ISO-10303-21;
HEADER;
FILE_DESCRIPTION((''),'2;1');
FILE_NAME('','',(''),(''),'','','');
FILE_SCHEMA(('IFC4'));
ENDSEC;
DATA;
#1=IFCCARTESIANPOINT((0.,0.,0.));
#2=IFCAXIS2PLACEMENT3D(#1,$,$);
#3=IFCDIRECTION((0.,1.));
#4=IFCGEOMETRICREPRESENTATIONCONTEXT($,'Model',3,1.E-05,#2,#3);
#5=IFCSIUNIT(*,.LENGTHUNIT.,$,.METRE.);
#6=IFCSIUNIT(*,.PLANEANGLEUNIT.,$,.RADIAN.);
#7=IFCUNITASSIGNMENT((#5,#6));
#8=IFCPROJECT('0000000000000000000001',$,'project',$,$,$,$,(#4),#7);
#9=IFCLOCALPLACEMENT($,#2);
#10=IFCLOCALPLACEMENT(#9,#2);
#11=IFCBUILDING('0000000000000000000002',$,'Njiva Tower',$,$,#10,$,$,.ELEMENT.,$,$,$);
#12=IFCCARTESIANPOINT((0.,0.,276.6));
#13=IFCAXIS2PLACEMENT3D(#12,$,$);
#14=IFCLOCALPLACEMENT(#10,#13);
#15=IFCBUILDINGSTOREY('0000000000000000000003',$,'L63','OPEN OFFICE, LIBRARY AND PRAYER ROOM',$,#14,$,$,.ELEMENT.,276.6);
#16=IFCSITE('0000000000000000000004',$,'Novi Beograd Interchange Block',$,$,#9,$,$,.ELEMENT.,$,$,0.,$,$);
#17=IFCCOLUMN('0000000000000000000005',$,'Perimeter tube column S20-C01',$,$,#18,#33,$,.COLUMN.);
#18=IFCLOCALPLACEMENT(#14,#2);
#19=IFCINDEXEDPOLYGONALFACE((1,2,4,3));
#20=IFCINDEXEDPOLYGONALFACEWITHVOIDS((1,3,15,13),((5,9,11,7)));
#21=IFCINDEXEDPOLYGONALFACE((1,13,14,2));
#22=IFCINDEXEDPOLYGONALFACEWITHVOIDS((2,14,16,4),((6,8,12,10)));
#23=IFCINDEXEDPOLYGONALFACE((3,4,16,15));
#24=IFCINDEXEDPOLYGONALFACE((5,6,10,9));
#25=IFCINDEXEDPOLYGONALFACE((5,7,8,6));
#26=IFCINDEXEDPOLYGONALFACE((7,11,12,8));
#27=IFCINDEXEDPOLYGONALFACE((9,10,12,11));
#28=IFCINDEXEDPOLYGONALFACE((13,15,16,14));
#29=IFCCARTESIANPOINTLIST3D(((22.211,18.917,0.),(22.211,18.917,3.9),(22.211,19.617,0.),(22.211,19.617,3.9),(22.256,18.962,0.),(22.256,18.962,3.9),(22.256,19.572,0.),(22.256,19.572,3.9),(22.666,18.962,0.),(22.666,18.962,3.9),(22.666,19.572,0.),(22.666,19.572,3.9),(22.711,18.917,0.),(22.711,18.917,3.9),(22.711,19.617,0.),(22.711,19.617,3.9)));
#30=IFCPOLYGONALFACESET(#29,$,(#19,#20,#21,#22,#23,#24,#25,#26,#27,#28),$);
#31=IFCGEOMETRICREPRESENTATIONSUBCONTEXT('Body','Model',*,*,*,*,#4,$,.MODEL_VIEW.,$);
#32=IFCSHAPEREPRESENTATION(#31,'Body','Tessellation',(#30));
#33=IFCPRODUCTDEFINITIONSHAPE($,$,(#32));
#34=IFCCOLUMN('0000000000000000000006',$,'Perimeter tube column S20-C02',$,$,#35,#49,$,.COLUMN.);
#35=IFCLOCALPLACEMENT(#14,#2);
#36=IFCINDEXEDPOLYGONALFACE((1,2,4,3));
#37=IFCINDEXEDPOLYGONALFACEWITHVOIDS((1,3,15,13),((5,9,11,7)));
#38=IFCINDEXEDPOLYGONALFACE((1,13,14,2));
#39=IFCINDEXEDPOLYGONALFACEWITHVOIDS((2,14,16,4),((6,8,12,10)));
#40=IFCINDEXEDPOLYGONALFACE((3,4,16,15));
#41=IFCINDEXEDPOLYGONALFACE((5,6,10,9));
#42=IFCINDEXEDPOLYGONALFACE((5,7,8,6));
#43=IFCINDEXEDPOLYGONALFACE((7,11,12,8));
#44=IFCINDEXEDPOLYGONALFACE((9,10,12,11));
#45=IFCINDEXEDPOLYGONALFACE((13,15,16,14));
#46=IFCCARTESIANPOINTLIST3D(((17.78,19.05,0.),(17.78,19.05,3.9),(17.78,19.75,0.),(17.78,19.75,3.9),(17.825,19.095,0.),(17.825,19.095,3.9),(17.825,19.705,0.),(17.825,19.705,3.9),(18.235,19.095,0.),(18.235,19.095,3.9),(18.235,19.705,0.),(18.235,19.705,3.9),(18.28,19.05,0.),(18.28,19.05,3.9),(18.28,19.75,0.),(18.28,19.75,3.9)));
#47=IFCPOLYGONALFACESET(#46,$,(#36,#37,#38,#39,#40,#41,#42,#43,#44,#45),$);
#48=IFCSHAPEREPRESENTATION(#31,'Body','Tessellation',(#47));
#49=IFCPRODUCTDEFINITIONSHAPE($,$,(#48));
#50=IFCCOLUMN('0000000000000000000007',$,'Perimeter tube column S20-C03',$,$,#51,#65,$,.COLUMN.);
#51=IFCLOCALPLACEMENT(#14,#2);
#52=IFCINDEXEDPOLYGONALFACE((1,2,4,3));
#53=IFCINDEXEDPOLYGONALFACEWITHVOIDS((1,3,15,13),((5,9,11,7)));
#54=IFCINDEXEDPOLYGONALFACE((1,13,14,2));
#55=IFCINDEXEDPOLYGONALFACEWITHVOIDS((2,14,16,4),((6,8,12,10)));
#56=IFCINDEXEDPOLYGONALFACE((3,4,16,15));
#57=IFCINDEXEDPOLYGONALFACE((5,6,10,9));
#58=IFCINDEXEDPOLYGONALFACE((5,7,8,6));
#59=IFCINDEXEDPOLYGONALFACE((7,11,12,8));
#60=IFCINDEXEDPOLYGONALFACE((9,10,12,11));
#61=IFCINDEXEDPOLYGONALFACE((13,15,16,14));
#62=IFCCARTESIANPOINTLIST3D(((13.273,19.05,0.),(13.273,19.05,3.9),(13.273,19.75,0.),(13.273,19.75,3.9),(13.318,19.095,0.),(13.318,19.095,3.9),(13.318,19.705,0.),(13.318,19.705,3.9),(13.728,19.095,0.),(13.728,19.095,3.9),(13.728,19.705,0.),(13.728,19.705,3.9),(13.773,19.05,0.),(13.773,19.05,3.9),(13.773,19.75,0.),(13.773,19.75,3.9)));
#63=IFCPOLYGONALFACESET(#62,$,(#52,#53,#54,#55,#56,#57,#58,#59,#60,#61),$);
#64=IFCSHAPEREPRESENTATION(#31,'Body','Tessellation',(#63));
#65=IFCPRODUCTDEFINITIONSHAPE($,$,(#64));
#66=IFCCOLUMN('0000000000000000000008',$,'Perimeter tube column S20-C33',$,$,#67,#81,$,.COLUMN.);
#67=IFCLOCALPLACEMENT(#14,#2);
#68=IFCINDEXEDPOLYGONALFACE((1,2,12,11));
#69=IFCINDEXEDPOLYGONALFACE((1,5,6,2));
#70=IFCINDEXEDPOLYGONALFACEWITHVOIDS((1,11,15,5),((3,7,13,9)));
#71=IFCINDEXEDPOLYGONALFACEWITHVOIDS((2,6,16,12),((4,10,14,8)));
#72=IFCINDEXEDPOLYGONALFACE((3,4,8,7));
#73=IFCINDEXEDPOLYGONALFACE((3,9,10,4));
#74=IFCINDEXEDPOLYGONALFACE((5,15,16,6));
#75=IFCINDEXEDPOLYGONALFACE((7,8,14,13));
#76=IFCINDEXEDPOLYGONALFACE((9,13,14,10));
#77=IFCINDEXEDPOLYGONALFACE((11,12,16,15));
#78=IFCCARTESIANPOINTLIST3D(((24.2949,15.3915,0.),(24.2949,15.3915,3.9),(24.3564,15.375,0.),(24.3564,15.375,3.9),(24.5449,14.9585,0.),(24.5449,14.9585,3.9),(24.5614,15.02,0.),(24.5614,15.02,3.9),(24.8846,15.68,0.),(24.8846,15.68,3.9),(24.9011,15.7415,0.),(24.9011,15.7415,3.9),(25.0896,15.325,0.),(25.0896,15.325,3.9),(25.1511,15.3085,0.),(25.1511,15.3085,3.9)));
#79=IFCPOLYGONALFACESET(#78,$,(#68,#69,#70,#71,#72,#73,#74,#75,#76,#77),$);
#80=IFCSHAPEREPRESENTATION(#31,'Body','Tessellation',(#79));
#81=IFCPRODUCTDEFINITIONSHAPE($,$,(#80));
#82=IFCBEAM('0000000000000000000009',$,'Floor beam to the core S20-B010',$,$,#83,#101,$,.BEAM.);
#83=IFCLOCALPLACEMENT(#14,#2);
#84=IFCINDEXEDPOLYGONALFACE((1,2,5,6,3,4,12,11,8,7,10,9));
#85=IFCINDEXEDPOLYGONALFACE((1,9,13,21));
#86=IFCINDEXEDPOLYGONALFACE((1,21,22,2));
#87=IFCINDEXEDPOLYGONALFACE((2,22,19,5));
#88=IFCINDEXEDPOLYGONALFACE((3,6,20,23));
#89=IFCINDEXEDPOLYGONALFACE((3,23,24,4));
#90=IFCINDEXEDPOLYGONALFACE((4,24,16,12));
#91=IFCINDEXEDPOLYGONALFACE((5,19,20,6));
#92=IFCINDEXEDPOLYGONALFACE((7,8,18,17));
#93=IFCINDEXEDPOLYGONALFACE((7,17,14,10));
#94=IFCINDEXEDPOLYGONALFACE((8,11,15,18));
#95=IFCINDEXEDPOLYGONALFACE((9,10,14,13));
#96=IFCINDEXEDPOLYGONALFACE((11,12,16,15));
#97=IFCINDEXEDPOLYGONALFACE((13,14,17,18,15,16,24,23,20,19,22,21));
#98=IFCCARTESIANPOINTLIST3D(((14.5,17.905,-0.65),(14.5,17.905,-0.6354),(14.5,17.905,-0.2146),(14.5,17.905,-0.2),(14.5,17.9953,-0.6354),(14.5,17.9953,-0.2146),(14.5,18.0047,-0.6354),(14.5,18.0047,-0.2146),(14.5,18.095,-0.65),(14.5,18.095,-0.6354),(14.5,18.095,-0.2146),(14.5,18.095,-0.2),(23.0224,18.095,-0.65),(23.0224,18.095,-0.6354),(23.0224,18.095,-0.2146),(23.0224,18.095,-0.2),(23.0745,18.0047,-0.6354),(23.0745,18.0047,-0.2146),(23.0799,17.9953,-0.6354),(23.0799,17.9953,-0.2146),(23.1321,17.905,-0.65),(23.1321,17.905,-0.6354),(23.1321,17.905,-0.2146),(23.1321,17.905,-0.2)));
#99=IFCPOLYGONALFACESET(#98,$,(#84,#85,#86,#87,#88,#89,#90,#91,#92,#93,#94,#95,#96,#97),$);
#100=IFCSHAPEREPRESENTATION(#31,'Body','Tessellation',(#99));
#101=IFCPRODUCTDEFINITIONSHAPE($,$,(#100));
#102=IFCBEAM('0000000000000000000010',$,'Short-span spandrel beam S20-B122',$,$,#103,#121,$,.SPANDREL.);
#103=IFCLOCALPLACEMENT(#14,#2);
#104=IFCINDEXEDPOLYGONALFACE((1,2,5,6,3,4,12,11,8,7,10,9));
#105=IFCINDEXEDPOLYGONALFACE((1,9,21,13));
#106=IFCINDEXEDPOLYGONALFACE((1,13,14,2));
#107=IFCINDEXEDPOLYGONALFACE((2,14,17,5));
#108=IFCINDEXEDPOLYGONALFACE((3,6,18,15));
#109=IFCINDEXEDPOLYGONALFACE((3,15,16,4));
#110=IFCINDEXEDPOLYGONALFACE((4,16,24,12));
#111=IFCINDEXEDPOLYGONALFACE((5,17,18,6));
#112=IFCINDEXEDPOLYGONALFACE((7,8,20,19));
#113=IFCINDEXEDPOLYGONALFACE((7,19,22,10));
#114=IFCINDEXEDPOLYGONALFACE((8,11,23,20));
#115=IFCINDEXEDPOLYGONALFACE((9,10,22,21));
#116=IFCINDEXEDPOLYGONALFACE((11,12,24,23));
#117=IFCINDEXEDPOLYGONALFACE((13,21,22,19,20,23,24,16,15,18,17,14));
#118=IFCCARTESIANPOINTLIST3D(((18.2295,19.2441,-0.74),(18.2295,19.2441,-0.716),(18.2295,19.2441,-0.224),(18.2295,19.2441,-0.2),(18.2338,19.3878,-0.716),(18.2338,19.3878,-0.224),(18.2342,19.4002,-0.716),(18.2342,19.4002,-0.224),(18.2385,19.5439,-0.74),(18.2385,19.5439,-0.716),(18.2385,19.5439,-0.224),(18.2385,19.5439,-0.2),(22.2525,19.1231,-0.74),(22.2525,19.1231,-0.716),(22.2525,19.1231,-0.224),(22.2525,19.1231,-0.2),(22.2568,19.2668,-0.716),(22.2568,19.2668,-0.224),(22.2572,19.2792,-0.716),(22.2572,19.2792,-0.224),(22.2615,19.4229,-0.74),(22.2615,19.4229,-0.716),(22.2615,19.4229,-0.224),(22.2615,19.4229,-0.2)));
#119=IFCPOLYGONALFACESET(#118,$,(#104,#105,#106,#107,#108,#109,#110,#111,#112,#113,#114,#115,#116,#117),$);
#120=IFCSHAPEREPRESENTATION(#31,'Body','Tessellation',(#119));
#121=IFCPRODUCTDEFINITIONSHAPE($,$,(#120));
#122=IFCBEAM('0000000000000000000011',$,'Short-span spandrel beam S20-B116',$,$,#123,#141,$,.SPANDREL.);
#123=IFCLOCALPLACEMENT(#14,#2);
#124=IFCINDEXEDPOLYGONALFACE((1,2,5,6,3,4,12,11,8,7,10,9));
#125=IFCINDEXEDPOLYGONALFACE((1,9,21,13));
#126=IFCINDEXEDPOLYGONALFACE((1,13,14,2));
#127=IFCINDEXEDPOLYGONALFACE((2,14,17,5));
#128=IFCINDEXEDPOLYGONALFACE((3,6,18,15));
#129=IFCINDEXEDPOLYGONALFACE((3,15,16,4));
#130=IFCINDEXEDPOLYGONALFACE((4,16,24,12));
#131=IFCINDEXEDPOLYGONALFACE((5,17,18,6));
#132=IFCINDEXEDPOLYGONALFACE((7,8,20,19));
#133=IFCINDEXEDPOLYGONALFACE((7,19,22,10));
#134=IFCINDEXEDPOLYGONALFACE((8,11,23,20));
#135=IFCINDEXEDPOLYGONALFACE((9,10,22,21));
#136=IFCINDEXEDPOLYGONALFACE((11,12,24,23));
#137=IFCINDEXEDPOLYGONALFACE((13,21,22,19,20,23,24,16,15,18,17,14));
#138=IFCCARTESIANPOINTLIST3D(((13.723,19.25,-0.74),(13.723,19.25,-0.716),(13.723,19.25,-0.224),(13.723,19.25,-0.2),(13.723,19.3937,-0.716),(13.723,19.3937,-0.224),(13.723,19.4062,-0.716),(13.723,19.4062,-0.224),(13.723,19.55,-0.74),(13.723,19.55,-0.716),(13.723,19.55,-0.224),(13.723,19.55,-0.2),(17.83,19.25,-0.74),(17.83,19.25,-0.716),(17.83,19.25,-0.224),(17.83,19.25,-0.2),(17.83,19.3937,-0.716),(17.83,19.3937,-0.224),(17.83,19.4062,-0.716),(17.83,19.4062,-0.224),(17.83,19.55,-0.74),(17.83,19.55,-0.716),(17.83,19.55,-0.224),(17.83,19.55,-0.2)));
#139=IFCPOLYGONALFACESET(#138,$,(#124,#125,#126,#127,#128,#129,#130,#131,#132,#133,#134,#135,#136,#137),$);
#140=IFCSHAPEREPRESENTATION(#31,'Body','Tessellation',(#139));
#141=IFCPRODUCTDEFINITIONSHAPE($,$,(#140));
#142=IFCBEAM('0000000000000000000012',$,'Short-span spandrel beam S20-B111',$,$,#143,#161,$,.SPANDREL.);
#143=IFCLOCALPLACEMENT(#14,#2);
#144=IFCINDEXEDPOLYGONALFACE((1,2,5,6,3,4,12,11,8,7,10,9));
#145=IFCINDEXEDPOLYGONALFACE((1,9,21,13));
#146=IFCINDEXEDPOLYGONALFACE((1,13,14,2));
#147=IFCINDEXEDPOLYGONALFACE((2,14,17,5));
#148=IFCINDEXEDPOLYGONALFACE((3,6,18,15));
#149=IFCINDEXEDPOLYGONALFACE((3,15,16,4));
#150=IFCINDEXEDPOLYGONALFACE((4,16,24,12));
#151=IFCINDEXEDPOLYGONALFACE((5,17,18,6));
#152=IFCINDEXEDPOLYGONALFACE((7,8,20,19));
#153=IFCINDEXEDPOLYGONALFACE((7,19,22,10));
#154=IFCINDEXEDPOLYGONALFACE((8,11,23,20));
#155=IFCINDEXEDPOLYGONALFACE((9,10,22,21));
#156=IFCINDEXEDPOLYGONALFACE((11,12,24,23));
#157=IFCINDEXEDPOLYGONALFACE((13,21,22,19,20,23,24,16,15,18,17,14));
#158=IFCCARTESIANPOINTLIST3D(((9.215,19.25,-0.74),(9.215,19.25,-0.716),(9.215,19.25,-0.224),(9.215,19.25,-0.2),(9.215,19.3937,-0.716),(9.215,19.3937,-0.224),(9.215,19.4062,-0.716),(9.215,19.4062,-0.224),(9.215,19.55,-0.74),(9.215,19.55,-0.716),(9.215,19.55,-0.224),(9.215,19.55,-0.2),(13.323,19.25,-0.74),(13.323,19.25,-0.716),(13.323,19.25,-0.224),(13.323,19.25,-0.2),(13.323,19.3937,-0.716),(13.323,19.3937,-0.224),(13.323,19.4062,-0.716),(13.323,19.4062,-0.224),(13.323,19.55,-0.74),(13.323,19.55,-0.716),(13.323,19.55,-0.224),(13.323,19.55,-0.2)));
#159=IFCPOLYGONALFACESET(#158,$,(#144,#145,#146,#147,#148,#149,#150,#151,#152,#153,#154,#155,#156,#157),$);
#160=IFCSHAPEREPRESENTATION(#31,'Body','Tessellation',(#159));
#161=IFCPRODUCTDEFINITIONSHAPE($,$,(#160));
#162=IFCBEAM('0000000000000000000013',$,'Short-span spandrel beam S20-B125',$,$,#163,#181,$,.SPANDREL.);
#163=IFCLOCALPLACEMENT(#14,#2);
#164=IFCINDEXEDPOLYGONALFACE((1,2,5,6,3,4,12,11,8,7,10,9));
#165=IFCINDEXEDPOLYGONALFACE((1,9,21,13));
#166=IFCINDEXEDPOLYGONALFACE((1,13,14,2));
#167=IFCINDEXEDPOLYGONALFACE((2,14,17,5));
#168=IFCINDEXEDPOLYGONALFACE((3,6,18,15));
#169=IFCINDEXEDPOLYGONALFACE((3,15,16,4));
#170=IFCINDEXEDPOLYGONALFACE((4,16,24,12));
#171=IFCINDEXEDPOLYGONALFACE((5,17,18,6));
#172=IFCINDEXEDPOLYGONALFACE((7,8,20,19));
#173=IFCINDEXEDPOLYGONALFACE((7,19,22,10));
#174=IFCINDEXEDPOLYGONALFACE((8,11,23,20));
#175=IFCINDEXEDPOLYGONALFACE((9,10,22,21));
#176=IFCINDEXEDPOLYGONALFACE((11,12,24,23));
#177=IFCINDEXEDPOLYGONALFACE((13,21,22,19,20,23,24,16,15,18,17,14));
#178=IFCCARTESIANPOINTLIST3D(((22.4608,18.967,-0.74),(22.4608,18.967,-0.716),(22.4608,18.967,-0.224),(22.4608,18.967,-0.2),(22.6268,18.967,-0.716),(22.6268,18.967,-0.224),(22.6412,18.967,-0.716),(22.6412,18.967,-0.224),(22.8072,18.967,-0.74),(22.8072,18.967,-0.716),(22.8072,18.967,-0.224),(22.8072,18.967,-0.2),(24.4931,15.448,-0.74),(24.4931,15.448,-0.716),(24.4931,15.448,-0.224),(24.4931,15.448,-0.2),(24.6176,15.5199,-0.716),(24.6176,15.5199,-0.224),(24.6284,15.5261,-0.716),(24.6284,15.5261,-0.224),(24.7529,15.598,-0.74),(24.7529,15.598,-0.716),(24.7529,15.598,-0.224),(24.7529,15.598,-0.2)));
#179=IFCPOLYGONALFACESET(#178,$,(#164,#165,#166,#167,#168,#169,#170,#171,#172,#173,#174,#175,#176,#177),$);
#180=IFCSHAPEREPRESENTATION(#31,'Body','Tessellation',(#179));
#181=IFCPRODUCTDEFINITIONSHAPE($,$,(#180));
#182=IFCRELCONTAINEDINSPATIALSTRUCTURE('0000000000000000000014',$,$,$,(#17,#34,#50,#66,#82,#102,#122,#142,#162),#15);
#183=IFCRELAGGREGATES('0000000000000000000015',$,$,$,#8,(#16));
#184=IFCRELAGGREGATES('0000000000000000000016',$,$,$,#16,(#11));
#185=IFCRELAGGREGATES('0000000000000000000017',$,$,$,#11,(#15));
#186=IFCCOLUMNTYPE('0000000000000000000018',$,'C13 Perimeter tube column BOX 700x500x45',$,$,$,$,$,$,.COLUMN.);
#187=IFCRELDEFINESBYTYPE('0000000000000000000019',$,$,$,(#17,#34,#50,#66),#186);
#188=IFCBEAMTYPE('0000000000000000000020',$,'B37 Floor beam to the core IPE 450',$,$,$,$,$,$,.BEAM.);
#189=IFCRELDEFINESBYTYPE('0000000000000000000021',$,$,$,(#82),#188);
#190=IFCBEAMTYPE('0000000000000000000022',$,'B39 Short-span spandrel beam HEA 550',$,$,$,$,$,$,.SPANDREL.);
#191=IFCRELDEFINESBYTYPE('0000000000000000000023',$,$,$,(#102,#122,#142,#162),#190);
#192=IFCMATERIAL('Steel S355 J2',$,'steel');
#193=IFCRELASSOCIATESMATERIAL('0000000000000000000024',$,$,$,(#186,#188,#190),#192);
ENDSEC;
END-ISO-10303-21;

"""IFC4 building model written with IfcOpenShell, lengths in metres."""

from ifc_helpers import new_model, si_unit, direction, frame, origin, origin_2d, place, context, subcontext, project, spatial, hollow_rectangle, i_section, extrude, clip, halfspace, material, material_profile, profile_set, type_object, element, save


model = new_model("IFC4")

# Units and contexts
model_context = context("Model", 3, precision=1e-05, world=origin(), true_north=direction((0.0, 1.0)))
body_context = subcontext(model_context, "Body", "Model", "MODEL_VIEW")
ifc_project = project(units=[si_unit("LENGTHUNIT", "METRE"), si_unit("PLANEANGLEUNIT", "RADIAN")], contexts=[model_context])

# Site, building, storey
site_placement = place(None, origin())
site = spatial("IfcSite", under=ifc_project, at=site_placement, Name="Novi Beograd Interchange Block", CompositionType="ELEMENT", RefElevation=0.0)
building_placement = place(site_placement, origin())
building = spatial("IfcBuilding", under=site, at=building_placement, Name="Njiva Tower", CompositionType="ELEMENT")
storey_placement = place(building_placement, frame((0.0, 0.0, 276.6)))
storey = spatial("IfcBuildingStorey", under=building, at=storey_placement, Name="L63", Description="OPEN OFFICE, LIBRARY AND PRAYER ROOM", CompositionType="ELEMENT", Elevation=276.6)

# Columns
ifc_material_1 = material(Name="Steel S355 J2", Category="steel")
ifc_material_profile_1 = material_profile(ifc_material_1, hollow_rectangle(XDim=0.5, YDim=0.7, WallThickness=0.045, at=origin_2d()), Name="BOX 700x500x45")
ifc_profile_set_1 = profile_set([ifc_material_profile_1], Name="Steel S355 J2")
column_type = type_object("IfcColumnType", Name="C13 Perimeter tube column BOX 700x500x45", PredefinedType="COLUMN", material=ifc_profile_set_1)
for number, where, z_axis, x_axis, name in (
    (1, (22.461, 19.267, 0.0), (0.0, 0.0, 1.0), (-1.0, 0.0, 0.0), "Perimeter tube column S20-C01"),
    (2, (18.03, 19.4, 0.0), (0.0, 0.0, 1.0), (-1.0, 0.0, 0.0), "Perimeter tube column S20-C02"),
    (3, (13.523, 19.4, 0.0), (0.0, 0.0, 1.0), (-1.0, 0.0, 0.0), "Perimeter tube column S20-C03"),
    (4, (24.723, 15.35, 0.0), (0.0, 0.0, 1.0), (-0.5, 0.866025, 0.0), "Perimeter tube column S20-C33"),
):
    element("IfcColumn", number, at=place(storey_placement, frame(where, z_axis=z_axis, x_axis=x_axis)), inside=storey, type_object=column_type, Name=name, PredefinedType="COLUMN", context=body_context, shape_type="SweptSolid", body=[
        extrude(hollow_rectangle(XDim=0.5, YDim=0.7, WallThickness=0.045, at=origin_2d()), origin(), (0.0, 0.0, 1.0), 3.9),
    ])

# Beams
ifc_material_profile_2 = material_profile(ifc_material_1, i_section(OverallWidth=0.19, OverallDepth=0.45, WebThickness=0.0094, FlangeThickness=0.0146, at=origin_2d()), Name="IPE 450")
ifc_profile_set_2 = profile_set([ifc_material_profile_2], Name="Steel S355 J2")
beam_type_1 = type_object("IfcBeamType", Name="B37 Floor beam to the core IPE 450", PredefinedType="BEAM", material=ifc_profile_set_2)
beam_1_placement = place(storey_placement, frame((14.5, 18.0, -0.425), z_axis=(1.0, 0.0, 0.0), x_axis=(0.0, 1.0, 0.0)))
element("IfcBeam", 5, at=beam_1_placement, inside=storey, type_object=beam_type_1, Name="Floor beam to the core S20-B010", PredefinedType="BEAM", context=body_context, shape_type="Clipping", body=[
    clip(extrude(i_section(OverallWidth=0.19, OverallDepth=0.45, WebThickness=0.0094, FlangeThickness=0.0146, at=origin_2d()), origin(), (0.0, 0.0, 1.0), 8.652), halfspace(frame((0.025, 0.0, 8.5628), z_axis=(0.499998, 0.0, 0.866027), x_axis=(0.0, 1.0, 0.0)), False)),
])
ifc_material_profile_3 = material_profile(ifc_material_1, i_section(OverallWidth=0.3, OverallDepth=0.54, WebThickness=0.0125, FlangeThickness=0.024, at=origin_2d()), Name="HEA 550")
ifc_profile_set_3 = profile_set([ifc_material_profile_3], Name="Steel S355 J2")
beam_type_2 = type_object("IfcBeamType", Name="B39 Short-span spandrel beam HEA 550", PredefinedType="SPANDREL", material=ifc_profile_set_3)
beam_2_placement = place(storey_placement, frame((22.257, 19.273, -0.47), z_axis=(-0.999548, 0.030063, 0.0), x_axis=(-0.030063, -0.999548, 0.0)))
element("IfcBeam", 6, at=beam_2_placement, inside=storey, type_object=beam_type_2, Name="Short-span spandrel beam S20-B122", PredefinedType="SPANDREL", context=body_context, shape_type="SweptSolid", body=[
    extrude(i_section(OverallWidth=0.3, OverallDepth=0.54, WebThickness=0.0125, FlangeThickness=0.024, at=origin_2d()), origin(), (0.0, 0.0, 1.0), 4.0248),
])
beam_3_placement = place(storey_placement, frame((17.83, 19.4, -0.47), z_axis=(-1.0, 0.0, 0.0), x_axis=(0.0, -1.0, 0.0)))
element("IfcBeam", 7, at=beam_3_placement, inside=storey, type_object=beam_type_2, Name="Short-span spandrel beam S20-B116", PredefinedType="SPANDREL", context=body_context, shape_type="SweptSolid", body=[
    extrude(i_section(OverallWidth=0.3, OverallDepth=0.54, WebThickness=0.0125, FlangeThickness=0.024, at=origin_2d()), origin(), (0.0, 0.0, 1.0), 4.107),
])
beam_4_placement = place(storey_placement, frame((13.323, 19.4, -0.47), z_axis=(-1.0, 0.0, 0.0), x_axis=(0.0, -1.0, 0.0)))
element("IfcBeam", 8, at=beam_4_placement, inside=storey, type_object=beam_type_2, Name="Short-span spandrel beam S20-B111", PredefinedType="SPANDREL", context=body_context, shape_type="SweptSolid", body=[
    extrude(i_section(OverallWidth=0.3, OverallDepth=0.54, WebThickness=0.0125, FlangeThickness=0.024, at=origin_2d()), origin(), (0.0, 0.0, 1.0), 4.108),
])
beam_5_placement = place(storey_placement, frame((24.623, 15.523, -0.47), z_axis=(-0.500114, 0.865959, 0.0), x_axis=(-0.865959, -0.500114, 0.0)))
element("IfcBeam", 9, at=beam_5_placement, inside=storey, type_object=beam_type_2, Name="Short-span spandrel beam S20-B125", PredefinedType="SPANDREL", context=body_context, shape_type="Clipping", body=[
    clip(extrude(i_section(OverallWidth=0.3, OverallDepth=0.54, WebThickness=0.0125, FlangeThickness=0.024, at=origin_2d()), origin(), (0.0, 0.0, 1.0), 4.0841), halfspace(frame((-0.0254, 0.0, 3.9624), z_axis=(-0.500114, 0.0, 0.865959), x_axis=(0.0, 1.0, 0.0)), False)),
])

save(model, "model.ifc")
